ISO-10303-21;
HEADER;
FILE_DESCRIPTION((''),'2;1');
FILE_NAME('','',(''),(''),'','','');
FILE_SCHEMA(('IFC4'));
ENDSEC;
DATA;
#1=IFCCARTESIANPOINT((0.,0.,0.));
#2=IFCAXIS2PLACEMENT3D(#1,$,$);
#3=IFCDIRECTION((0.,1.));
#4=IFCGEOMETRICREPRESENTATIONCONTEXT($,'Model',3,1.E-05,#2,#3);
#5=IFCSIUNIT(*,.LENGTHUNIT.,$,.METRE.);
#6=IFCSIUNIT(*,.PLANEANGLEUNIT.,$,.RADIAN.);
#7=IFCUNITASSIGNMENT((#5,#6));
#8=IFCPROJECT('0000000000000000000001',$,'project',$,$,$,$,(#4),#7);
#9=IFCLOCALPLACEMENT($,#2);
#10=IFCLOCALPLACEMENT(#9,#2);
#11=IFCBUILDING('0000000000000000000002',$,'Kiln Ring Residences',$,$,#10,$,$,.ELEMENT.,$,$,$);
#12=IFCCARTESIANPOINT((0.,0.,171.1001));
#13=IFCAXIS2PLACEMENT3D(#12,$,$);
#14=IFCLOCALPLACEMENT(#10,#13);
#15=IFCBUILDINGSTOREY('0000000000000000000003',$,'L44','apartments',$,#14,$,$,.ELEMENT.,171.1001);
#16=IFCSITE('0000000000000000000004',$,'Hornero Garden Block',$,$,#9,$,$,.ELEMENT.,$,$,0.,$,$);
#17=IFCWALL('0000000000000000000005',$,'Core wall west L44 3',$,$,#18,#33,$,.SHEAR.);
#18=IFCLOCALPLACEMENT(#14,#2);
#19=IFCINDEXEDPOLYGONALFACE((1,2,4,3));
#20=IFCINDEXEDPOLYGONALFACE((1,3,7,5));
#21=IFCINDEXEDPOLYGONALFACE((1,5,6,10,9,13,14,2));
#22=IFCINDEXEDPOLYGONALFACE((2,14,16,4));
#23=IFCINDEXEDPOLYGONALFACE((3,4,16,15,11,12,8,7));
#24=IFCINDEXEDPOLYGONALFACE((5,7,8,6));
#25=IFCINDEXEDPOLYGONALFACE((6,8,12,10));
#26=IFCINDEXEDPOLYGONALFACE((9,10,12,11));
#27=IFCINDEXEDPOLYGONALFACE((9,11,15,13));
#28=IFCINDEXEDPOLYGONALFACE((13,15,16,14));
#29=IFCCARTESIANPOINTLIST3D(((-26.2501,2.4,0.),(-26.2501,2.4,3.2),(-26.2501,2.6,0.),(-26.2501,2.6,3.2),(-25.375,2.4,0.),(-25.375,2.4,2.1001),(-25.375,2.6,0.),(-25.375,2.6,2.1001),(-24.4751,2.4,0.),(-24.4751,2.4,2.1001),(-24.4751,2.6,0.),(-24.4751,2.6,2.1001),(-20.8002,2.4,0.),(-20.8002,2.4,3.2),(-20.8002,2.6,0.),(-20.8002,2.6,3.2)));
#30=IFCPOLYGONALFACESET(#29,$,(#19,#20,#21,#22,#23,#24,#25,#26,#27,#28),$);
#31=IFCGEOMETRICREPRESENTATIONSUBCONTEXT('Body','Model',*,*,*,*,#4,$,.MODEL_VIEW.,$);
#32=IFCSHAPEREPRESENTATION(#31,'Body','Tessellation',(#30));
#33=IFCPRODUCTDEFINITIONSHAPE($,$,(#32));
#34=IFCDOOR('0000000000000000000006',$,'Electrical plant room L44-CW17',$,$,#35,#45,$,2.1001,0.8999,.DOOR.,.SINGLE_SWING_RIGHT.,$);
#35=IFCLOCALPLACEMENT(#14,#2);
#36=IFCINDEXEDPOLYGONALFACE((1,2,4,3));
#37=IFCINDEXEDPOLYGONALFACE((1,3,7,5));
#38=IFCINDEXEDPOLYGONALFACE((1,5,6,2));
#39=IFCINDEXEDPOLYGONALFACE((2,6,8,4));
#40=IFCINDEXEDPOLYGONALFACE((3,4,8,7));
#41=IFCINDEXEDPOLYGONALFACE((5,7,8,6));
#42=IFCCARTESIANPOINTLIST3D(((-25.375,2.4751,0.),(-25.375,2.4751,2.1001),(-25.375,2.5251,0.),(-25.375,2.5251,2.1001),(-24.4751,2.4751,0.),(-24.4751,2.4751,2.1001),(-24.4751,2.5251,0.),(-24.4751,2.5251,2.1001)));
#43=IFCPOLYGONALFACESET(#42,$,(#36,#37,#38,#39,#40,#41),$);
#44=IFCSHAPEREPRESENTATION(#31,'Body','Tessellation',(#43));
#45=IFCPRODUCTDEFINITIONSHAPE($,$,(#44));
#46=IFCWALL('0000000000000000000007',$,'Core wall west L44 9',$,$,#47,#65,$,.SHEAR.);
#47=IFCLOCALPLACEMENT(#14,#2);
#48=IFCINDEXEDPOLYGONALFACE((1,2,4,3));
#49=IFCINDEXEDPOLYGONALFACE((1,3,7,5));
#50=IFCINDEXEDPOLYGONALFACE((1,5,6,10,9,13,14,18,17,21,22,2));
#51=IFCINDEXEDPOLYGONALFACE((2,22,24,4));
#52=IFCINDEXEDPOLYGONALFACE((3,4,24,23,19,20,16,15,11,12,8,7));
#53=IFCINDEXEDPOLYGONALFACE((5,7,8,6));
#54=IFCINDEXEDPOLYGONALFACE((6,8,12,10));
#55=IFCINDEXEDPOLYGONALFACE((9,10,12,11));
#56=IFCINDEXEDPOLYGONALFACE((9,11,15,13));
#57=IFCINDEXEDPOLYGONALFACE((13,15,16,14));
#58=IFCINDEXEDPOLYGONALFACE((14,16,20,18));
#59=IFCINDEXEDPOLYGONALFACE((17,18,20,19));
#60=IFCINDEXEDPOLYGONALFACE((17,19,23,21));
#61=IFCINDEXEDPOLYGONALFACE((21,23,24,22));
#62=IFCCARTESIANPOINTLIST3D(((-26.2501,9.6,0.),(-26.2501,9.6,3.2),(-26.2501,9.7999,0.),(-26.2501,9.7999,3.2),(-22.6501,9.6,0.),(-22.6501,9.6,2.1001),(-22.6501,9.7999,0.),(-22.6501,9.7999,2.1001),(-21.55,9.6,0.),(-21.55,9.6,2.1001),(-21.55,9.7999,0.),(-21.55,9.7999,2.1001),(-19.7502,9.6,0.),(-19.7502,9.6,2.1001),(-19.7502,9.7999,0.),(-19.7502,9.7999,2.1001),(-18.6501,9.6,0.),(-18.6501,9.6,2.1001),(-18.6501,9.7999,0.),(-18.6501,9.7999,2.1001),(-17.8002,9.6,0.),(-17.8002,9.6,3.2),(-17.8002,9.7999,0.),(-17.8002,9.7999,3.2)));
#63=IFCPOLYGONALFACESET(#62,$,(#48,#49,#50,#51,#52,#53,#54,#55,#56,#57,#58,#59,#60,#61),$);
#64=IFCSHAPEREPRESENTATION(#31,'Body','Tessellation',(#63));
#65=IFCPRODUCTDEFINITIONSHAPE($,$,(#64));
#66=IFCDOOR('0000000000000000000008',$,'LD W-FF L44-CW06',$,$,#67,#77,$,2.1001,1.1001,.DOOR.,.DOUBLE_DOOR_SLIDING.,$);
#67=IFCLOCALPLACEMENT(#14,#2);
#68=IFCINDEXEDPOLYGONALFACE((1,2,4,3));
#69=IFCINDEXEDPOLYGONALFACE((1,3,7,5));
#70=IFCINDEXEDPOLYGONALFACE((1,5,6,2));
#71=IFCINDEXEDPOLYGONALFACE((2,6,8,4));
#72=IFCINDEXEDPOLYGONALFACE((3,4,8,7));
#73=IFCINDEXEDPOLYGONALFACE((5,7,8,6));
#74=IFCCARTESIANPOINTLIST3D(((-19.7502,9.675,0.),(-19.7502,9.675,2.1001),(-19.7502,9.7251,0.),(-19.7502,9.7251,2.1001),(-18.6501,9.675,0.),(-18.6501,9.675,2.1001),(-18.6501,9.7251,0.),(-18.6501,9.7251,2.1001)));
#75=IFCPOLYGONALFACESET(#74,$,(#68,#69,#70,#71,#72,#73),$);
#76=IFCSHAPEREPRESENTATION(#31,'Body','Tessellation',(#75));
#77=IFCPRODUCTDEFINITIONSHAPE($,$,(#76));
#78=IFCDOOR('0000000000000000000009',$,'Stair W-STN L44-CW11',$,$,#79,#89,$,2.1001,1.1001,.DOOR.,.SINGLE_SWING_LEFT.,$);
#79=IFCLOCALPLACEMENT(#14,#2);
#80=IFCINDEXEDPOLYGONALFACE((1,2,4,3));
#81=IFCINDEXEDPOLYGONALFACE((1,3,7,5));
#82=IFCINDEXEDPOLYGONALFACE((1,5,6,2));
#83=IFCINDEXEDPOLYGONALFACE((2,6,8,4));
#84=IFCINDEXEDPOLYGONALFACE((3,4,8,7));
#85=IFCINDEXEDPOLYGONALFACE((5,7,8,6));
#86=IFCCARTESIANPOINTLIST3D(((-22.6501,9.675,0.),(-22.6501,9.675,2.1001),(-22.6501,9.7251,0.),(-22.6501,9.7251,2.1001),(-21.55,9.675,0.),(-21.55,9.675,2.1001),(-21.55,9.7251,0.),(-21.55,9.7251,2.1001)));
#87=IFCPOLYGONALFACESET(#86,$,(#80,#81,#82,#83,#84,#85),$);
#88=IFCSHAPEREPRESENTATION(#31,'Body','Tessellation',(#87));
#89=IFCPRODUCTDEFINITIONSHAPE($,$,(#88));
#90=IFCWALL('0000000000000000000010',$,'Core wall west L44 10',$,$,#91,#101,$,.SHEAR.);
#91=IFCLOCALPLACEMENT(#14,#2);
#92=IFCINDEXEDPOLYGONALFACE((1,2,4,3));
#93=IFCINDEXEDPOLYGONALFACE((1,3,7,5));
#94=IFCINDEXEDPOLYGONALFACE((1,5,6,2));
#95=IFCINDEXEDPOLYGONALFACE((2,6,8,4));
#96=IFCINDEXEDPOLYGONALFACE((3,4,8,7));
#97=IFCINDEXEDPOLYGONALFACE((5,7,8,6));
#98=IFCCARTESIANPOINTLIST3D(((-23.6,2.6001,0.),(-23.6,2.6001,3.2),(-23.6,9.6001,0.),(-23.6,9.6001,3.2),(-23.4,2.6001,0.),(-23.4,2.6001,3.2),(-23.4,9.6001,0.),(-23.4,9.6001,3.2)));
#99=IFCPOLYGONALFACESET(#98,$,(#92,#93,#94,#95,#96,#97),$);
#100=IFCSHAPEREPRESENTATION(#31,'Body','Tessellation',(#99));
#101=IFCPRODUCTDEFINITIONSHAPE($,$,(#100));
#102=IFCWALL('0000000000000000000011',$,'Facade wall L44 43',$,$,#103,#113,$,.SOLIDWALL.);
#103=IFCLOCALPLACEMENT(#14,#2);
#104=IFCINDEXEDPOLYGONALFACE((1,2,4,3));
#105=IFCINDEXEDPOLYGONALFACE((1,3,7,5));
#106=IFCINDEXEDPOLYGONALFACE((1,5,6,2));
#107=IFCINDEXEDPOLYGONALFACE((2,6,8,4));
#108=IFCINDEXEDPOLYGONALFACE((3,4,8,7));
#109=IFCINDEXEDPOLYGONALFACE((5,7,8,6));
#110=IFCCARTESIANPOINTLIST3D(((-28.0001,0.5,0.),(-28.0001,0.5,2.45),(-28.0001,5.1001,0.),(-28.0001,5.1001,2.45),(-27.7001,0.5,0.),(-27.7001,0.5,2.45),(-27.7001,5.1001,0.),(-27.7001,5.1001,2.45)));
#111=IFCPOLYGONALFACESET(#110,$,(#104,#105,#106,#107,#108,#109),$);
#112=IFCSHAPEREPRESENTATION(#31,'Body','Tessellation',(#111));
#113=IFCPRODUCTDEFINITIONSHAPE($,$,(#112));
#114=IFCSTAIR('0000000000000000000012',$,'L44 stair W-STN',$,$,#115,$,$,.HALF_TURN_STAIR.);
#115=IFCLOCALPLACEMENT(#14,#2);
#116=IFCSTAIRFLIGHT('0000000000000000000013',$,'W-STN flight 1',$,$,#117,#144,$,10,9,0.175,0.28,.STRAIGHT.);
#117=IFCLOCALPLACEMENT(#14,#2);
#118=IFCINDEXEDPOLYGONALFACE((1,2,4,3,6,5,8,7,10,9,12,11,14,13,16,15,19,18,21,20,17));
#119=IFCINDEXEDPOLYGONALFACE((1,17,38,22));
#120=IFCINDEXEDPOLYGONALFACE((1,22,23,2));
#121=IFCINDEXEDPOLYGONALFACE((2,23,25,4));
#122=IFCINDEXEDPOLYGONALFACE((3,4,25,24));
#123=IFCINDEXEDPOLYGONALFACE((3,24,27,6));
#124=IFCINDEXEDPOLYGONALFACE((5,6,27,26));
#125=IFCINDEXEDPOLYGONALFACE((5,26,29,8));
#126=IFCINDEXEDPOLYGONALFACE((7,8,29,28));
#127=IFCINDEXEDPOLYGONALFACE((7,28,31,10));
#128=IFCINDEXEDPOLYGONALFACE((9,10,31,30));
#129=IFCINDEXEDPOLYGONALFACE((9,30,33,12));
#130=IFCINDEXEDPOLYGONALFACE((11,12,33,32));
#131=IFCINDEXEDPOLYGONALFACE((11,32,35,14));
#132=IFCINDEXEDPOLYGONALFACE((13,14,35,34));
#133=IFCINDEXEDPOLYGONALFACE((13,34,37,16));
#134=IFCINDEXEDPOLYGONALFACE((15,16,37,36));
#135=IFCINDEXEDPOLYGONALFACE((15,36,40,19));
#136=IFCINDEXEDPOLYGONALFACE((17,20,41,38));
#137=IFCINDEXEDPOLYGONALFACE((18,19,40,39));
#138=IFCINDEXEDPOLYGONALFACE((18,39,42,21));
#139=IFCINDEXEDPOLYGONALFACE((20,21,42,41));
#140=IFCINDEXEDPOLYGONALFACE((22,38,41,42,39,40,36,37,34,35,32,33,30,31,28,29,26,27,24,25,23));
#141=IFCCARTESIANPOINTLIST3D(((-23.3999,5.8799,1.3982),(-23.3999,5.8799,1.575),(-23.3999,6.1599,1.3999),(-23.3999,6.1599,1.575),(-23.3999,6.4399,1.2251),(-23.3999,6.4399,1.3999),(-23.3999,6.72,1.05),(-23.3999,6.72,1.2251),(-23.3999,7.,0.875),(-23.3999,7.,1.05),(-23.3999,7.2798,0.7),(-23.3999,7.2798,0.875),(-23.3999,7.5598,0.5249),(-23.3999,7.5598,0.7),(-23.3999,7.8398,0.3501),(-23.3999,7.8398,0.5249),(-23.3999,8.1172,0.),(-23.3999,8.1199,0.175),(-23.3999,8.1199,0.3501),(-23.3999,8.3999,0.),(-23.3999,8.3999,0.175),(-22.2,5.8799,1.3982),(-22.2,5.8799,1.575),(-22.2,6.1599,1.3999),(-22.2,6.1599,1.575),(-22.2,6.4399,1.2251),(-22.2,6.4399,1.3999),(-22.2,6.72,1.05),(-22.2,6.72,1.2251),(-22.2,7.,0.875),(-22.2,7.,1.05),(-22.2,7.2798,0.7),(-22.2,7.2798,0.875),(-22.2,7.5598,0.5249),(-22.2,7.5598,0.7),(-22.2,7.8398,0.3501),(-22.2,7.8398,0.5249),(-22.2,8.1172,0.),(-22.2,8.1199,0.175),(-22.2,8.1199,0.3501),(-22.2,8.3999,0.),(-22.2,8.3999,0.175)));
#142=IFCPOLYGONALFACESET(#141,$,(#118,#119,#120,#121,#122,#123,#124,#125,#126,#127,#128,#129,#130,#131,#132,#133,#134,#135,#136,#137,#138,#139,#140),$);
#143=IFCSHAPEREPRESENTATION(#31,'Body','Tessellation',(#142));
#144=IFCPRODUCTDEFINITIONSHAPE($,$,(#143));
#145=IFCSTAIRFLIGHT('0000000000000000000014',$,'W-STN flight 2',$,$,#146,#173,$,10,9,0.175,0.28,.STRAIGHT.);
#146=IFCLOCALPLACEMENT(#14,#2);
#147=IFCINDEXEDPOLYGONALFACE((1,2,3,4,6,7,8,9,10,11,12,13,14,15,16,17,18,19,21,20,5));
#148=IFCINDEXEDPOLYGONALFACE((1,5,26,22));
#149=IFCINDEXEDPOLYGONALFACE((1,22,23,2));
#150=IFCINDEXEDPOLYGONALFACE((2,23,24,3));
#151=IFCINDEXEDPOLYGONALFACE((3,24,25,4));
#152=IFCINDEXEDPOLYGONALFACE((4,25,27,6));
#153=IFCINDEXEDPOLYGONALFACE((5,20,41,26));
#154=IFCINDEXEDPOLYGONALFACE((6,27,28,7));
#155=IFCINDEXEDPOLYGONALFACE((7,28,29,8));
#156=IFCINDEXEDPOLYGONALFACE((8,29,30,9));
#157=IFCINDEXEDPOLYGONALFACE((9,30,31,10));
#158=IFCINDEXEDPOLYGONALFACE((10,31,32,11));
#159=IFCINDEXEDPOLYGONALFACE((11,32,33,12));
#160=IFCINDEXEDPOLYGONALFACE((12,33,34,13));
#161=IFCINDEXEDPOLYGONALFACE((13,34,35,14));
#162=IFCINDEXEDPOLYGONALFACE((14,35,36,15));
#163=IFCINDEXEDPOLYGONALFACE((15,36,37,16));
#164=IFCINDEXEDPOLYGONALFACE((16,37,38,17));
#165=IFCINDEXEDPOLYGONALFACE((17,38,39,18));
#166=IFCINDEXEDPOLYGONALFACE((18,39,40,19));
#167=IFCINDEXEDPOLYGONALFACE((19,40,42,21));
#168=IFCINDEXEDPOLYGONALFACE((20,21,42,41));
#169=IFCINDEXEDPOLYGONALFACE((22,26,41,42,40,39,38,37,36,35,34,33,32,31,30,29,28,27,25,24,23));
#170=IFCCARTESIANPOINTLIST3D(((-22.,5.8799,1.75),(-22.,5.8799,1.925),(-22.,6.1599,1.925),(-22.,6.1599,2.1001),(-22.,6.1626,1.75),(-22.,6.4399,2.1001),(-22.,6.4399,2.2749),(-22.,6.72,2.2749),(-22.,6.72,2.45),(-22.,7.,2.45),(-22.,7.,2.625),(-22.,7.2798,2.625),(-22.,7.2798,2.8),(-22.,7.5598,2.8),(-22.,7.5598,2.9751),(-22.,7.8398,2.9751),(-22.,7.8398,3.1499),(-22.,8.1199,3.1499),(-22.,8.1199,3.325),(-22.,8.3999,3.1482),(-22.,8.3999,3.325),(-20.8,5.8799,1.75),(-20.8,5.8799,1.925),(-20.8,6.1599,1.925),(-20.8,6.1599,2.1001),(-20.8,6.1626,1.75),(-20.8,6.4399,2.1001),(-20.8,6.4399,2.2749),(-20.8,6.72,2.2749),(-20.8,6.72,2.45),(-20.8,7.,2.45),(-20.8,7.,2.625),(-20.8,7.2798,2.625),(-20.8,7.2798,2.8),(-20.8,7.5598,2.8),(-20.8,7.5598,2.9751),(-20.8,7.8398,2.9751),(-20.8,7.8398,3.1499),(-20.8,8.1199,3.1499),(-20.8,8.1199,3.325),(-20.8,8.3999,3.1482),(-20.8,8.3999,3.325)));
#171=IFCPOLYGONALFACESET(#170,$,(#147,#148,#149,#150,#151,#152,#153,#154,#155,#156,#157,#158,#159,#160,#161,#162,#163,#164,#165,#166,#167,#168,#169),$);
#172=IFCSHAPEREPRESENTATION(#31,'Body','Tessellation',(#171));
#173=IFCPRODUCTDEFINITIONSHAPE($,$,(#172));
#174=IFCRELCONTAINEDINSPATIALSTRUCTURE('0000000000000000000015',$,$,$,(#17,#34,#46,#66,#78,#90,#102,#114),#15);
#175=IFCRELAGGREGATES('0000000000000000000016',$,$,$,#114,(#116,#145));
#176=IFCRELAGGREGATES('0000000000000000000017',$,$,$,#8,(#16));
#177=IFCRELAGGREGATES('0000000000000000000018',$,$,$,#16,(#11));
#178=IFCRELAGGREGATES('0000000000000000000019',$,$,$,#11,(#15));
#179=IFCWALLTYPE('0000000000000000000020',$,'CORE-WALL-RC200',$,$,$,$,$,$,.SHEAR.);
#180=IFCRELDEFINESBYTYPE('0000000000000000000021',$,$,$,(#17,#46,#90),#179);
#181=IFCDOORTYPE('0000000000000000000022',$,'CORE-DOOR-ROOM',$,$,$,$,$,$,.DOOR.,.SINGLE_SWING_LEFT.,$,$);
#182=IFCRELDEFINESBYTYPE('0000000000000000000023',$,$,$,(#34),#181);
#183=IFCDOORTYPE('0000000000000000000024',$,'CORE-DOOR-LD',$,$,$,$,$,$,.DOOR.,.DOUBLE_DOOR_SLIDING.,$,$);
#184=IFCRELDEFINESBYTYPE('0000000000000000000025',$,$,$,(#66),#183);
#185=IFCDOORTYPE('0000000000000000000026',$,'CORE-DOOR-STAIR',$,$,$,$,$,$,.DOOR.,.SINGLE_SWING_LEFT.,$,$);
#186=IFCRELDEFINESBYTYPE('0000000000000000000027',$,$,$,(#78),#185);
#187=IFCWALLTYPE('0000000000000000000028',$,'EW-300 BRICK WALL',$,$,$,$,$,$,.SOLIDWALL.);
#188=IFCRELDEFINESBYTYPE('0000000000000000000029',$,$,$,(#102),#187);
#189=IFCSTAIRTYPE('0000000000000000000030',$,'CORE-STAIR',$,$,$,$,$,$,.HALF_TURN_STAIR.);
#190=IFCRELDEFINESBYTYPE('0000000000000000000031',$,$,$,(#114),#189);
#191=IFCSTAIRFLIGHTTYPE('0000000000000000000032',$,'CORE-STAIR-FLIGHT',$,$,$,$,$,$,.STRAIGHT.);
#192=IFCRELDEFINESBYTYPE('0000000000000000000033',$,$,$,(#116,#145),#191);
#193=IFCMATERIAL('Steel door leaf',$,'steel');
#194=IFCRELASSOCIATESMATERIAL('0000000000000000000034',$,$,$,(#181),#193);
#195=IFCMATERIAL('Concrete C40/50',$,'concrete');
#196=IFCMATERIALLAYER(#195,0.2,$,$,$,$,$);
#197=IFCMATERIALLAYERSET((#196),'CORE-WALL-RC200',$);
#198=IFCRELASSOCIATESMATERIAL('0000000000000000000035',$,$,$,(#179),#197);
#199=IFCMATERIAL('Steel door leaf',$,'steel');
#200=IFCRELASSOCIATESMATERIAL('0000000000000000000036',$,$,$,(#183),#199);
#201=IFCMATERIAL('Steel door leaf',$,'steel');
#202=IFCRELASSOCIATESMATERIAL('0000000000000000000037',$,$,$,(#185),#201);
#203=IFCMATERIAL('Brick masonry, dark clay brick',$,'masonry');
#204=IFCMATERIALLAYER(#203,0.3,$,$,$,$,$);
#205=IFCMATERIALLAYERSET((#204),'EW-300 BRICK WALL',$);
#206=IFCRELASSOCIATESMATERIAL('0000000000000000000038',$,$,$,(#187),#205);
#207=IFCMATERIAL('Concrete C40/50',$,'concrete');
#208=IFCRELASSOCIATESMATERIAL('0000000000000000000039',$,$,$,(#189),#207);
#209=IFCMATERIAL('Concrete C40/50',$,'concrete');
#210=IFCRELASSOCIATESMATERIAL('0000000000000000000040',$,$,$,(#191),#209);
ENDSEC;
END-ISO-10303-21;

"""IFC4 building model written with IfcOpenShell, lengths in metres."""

from ifc_helpers import new_model, si_unit, direction, frame, frame_2d, origin, place, context, subcontext, project, spatial, polyline, rectangle, outline, extrude, material, layer, layer_set, type_object, element, fill, aggregate, save


model = new_model("IFC4")

# Units and contexts
model_context = context("Model", 3, precision=1e-05, world=origin(), true_north=direction((0.0, 1.0)))
body_context = subcontext(model_context, "Body", "Model", "MODEL_VIEW")
ifc_project = project(units=[si_unit("LENGTHUNIT", "METRE"), si_unit("PLANEANGLEUNIT", "RADIAN")], contexts=[model_context])

# Site, building, storey
site_placement = place(None, origin())
site = spatial("IfcSite", under=ifc_project, at=site_placement, Name="Hornero Garden Block", CompositionType="ELEMENT", RefElevation=0.0)
building_placement = place(site_placement, origin())
building = spatial("IfcBuilding", under=site, at=building_placement, Name="Kiln Ring Residences", CompositionType="ELEMENT")
storey_placement = place(building_placement, frame((0.0, 0.0, 171.1001)))
storey = spatial("IfcBuildingStorey", under=building, at=storey_placement, Name="L44", Description="apartments", CompositionType="ELEMENT", Elevation=171.1001)

# Shared definitions
ifc_material_1 = material(Name="Steel door leaf", Category="steel")
door_type_1 = type_object("IfcDoorType", Name="CORE-DOOR-ROOM", OperationType="SINGLE_SWING_LEFT", PredefinedType="DOOR", material=ifc_material_1)

# Shared definitions
ifc_material_2 = material(Name="Concrete C40/50", Category="concrete")
ifc_layer_1 = layer(ifc_material_2, 0.2)
ifc_layer_set_1 = layer_set([ifc_layer_1], Name="CORE-WALL-RC200")
wall_type_1 = type_object("IfcWallType", Name="CORE-WALL-RC200", PredefinedType="SHEAR", material=ifc_layer_set_1)

# Wall, opening, door
wall_1_placement = place(storey_placement, frame((-20.8, 2.5, 0.0), z_axis=(0.0, 0.0, 1.0), x_axis=(-1.0, 0.0, 0.0)))
wall_1 = element("IfcWall", 1, at=wall_1_placement, inside=storey, type_object=wall_type_1, Name="Core wall west L44 3", PredefinedType="SHEAR", context=body_context, shape_type="SweptSolid", body=[
    extrude(rectangle(XDim=5.45, YDim=0.2, at=frame_2d((2.7251, 0.0))), origin(), (0.0, 0.0, 1.0), 3.2),
])
opening_1_placement = place(wall_1_placement, frame((3.675, 0.0, 0.0)))
opening_1 = element("IfcOpeningElement", 2, at=opening_1_placement, cuts=wall_1, PredefinedType="OPENING", context=body_context, shape_type="SweptSolid", body=[
    extrude(rectangle(XDim=0.8999, YDim=2.1001, at=frame_2d((0.45, 1.05))), frame((0.0, 0.1099, 0.0), z_axis=(0.0, -1.0, 0.0), x_axis=(1.0, 0.0, 0.0)), (0.0, 0.0, 1.0), 0.22),
])
door_1_placement = place(opening_1_placement, origin())
door_1 = element("IfcDoor", 3, at=door_1_placement, inside=storey, type_object=door_type_1, Name="Electrical plant room L44-CW17", OperationType="SINGLE_SWING_RIGHT", OverallHeight=2.1001, OverallWidth=0.8999, PredefinedType="DOOR", context=body_context, shape_type="SweptSolid", body=[
    extrude(rectangle(XDim=0.8999, YDim=2.1001, at=frame_2d((0.45, 1.05))), frame((0.0, 0.0249, 0.0), z_axis=(0.0, -1.0, 0.0), x_axis=(1.0, 0.0, 0.0)), (0.0, 0.0, 1.0), 0.05),
])
fill(opening_1, door_1)

# Wall, openings, doors
wall_2_placement = place(storey_placement, frame((-17.8, 9.7, 0.0), z_axis=(0.0, 0.0, 1.0), x_axis=(-1.0, 0.0, 0.0)))
wall_2 = element("IfcWall", 4, at=wall_2_placement, inside=storey, type_object=wall_type_1, Name="Core wall west L44 9", PredefinedType="SHEAR", context=body_context, shape_type="SweptSolid", body=[
    extrude(rectangle(XDim=8.45, YDim=0.2, at=frame_2d((4.2251, 0.0))), origin(), (0.0, 0.0, 1.0), 3.2),
])
opening_2_placement = place(wall_2_placement, frame((0.8501, 0.0, 0.0)))
opening_2 = element("IfcOpeningElement", 5, at=opening_2_placement, cuts=wall_2, PredefinedType="OPENING", context=body_context, shape_type="SweptSolid", body=[
    extrude(rectangle(XDim=1.1001, YDim=2.1001, at=frame_2d((0.55, 1.05))), frame((0.0, 0.1099, 0.0), z_axis=(0.0, -1.0, 0.0), x_axis=(1.0, 0.0, 0.0)), (0.0, 0.0, 1.0), 0.22),
])
opening_3_placement = place(wall_2_placement, frame((3.75, 0.0, 0.0)))
opening_3 = element("IfcOpeningElement", 6, at=opening_3_placement, cuts=wall_2, PredefinedType="OPENING", context=body_context, shape_type="SweptSolid", body=[
    extrude(rectangle(XDim=1.1001, YDim=2.1001, at=frame_2d((0.55, 1.05))), frame((0.0, 0.1099, 0.0), z_axis=(0.0, -1.0, 0.0), x_axis=(1.0, 0.0, 0.0)), (0.0, 0.0, 1.0), 0.22),
])
ifc_material_3 = material(Name="Steel door leaf", Category="steel")
door_type_2 = type_object("IfcDoorType", Name="CORE-DOOR-LD", OperationType="DOUBLE_DOOR_SLIDING", PredefinedType="DOOR", material=ifc_material_3)
door_2_placement = place(opening_2_placement, origin())
door_2 = element("IfcDoor", 7, at=door_2_placement, inside=storey, type_object=door_type_2, Name="LD W-FF L44-CW06", OperationType="DOUBLE_DOOR_SLIDING", OverallHeight=2.1001, OverallWidth=1.1001, PredefinedType="DOOR", context=body_context, shape_type="SweptSolid", body=[
    extrude(rectangle(XDim=1.1001, YDim=2.1001, at=frame_2d((0.55, 1.05))), frame((0.0, 0.0249, 0.0), z_axis=(0.0, -1.0, 0.0), x_axis=(1.0, 0.0, 0.0)), (0.0, 0.0, 1.0), 0.05),
])
fill(opening_2, door_2)
ifc_material_4 = material(Name="Steel door leaf", Category="steel")
door_type_3 = type_object("IfcDoorType", Name="CORE-DOOR-STAIR", OperationType="SINGLE_SWING_LEFT", PredefinedType="DOOR", material=ifc_material_4)
door_3_placement = place(opening_3_placement, origin())
door_3 = element("IfcDoor", 8, at=door_3_placement, inside=storey, type_object=door_type_3, Name="Stair W-STN L44-CW11", OperationType="SINGLE_SWING_LEFT", OverallHeight=2.1001, OverallWidth=1.1001, PredefinedType="DOOR", context=body_context, shape_type="SweptSolid", body=[
    extrude(rectangle(XDim=1.1001, YDim=2.1001, at=frame_2d((0.55, 1.05))), frame((0.0, 0.0249, 0.0), z_axis=(0.0, -1.0, 0.0), x_axis=(1.0, 0.0, 0.0)), (0.0, 0.0, 1.0), 0.05),
])
fill(opening_3, door_3)

# Walls
wall_3_placement = place(storey_placement, frame((-23.5, 2.6001, 0.0), z_axis=(0.0, 0.0, 1.0), x_axis=(0.0, 1.0, 0.0)))
element("IfcWall", 9, at=wall_3_placement, inside=storey, type_object=wall_type_1, Name="Core wall west L44 10", PredefinedType="SHEAR", context=body_context, shape_type="SweptSolid", body=[
    extrude(rectangle(XDim=7.0, YDim=0.2, at=frame_2d((3.5, 0.0))), origin(), (0.0, 0.0, 1.0), 3.2),
])
ifc_material_5 = material(Name="Brick masonry, dark clay brick", Category="masonry")
ifc_layer_2 = layer(ifc_material_5, 0.3)
ifc_layer_set_2 = layer_set([ifc_layer_2], Name="EW-300 BRICK WALL")
wall_type_2 = type_object("IfcWallType", Name="EW-300 BRICK WALL", PredefinedType="SOLIDWALL", material=ifc_layer_set_2)
wall_4_placement = place(storey_placement, frame((-27.8501, 5.1001, 0.0), z_axis=(0.0, 0.0, 1.0), x_axis=(0.0, -1.0, 0.0)))
element("IfcWall", 10, at=wall_4_placement, inside=storey, type_object=wall_type_2, Name="Facade wall L44 43", PredefinedType="SOLIDWALL", context=body_context, shape_type="SweptSolid", body=[
    extrude(rectangle(XDim=4.6001, YDim=0.3, at=frame_2d((2.3, 0.0))), origin(), (0.0, 0.0, 1.0), 2.45),
])

# Stair, stair flights
ifc_material_6 = material(Name="Concrete C40/50", Category="concrete")
stair_type = type_object("IfcStairType", Name="CORE-STAIR", PredefinedType="HALF_TURN_STAIR", material=ifc_material_6)
stair_placement = place(storey_placement, origin())
stair = element("IfcStair", 11, at=stair_placement, inside=storey, type_object=stair_type, Name="L44 stair W-STN", PredefinedType="HALF_TURN_STAIR")
ifc_material_7 = material(Name="Concrete C40/50", Category="concrete")
stair_flight_type = type_object("IfcStairFlightType", Name="CORE-STAIR-FLIGHT", PredefinedType="STRAIGHT", material=ifc_material_7)
stair_flight_1_placement = place(storey_placement, frame((-22.8, 8.3999, 0.0), z_axis=(0.0, 0.0, 1.0), x_axis=(0.0, -1.0, 0.0)))
stair_flight_1 = element("IfcStairFlight", 12, at=stair_flight_1_placement, type_object=stair_flight_type, Name="W-STN flight 1", NumberOfRisers=10, NumberOfTreads=9, PredefinedType="STRAIGHT", RiserHeight=0.175, TreadLength=0.28, context=body_context, shape_type="SweptSolid", body=[
    extrude(outline(polyline([(0.0, 0.0), (0.0, 0.175), (0.28, 0.175), (0.28, 0.3501), (0.5601, 0.3501), (0.5601, 0.5249), (0.8401, 0.5249), (0.8401, 0.7), (1.1201, 0.7), (1.1201, 0.875), (1.3999, 0.875), (1.3999, 1.05), (1.6799, 1.05), (1.6799, 1.2251), (1.96, 1.2251), (1.96, 1.3999), (2.24, 1.3999), (2.24, 1.575), (2.52, 1.575), (2.52, 1.75), (2.52, 1.3982), (0.2827, 0.0), (0.0, 0.0)])), frame((0.0, 0.6001, 0.0), z_axis=(0.0, -1.0, 0.0), x_axis=(1.0, 0.0, 0.0)), (0.0, 0.0, 1.0), 1.2),
])
stair_flight_2_placement = place(storey_placement, frame((-21.3999, 5.8799, 1.75), z_axis=(0.0, 0.0, 1.0), x_axis=(0.0, 1.0, 0.0)))
stair_flight_2 = element("IfcStairFlight", 13, at=stair_flight_2_placement, type_object=stair_flight_type, Name="W-STN flight 2", NumberOfRisers=10, NumberOfTreads=9, PredefinedType="STRAIGHT", RiserHeight=0.175, TreadLength=0.28, context=body_context, shape_type="SweptSolid", body=[
    extrude(outline(polyline([(0.0, 0.0), (0.0, 0.175), (0.28, 0.175), (0.28, 0.3501), (0.5601, 0.3501), (0.5601, 0.5249), (0.8401, 0.5249), (0.8401, 0.7), (1.1201, 0.7), (1.1201, 0.875), (1.3999, 0.875), (1.3999, 1.05), (1.6799, 1.05), (1.6799, 1.2251), (1.96, 1.2251), (1.96, 1.3999), (2.24, 1.3999), (2.24, 1.575), (2.52, 1.575), (2.52, 1.75), (2.52, 1.3982), (0.2827, 0.0), (0.0, 0.0)])), frame((0.0, 0.6001, 0.0), z_axis=(0.0, -1.0, 0.0), x_axis=(1.0, 0.0, 0.0)), (0.0, 0.0, 1.0), 1.2),
])
aggregate(stair, [stair_flight_1, stair_flight_2])

save(model, "model.ifc")
